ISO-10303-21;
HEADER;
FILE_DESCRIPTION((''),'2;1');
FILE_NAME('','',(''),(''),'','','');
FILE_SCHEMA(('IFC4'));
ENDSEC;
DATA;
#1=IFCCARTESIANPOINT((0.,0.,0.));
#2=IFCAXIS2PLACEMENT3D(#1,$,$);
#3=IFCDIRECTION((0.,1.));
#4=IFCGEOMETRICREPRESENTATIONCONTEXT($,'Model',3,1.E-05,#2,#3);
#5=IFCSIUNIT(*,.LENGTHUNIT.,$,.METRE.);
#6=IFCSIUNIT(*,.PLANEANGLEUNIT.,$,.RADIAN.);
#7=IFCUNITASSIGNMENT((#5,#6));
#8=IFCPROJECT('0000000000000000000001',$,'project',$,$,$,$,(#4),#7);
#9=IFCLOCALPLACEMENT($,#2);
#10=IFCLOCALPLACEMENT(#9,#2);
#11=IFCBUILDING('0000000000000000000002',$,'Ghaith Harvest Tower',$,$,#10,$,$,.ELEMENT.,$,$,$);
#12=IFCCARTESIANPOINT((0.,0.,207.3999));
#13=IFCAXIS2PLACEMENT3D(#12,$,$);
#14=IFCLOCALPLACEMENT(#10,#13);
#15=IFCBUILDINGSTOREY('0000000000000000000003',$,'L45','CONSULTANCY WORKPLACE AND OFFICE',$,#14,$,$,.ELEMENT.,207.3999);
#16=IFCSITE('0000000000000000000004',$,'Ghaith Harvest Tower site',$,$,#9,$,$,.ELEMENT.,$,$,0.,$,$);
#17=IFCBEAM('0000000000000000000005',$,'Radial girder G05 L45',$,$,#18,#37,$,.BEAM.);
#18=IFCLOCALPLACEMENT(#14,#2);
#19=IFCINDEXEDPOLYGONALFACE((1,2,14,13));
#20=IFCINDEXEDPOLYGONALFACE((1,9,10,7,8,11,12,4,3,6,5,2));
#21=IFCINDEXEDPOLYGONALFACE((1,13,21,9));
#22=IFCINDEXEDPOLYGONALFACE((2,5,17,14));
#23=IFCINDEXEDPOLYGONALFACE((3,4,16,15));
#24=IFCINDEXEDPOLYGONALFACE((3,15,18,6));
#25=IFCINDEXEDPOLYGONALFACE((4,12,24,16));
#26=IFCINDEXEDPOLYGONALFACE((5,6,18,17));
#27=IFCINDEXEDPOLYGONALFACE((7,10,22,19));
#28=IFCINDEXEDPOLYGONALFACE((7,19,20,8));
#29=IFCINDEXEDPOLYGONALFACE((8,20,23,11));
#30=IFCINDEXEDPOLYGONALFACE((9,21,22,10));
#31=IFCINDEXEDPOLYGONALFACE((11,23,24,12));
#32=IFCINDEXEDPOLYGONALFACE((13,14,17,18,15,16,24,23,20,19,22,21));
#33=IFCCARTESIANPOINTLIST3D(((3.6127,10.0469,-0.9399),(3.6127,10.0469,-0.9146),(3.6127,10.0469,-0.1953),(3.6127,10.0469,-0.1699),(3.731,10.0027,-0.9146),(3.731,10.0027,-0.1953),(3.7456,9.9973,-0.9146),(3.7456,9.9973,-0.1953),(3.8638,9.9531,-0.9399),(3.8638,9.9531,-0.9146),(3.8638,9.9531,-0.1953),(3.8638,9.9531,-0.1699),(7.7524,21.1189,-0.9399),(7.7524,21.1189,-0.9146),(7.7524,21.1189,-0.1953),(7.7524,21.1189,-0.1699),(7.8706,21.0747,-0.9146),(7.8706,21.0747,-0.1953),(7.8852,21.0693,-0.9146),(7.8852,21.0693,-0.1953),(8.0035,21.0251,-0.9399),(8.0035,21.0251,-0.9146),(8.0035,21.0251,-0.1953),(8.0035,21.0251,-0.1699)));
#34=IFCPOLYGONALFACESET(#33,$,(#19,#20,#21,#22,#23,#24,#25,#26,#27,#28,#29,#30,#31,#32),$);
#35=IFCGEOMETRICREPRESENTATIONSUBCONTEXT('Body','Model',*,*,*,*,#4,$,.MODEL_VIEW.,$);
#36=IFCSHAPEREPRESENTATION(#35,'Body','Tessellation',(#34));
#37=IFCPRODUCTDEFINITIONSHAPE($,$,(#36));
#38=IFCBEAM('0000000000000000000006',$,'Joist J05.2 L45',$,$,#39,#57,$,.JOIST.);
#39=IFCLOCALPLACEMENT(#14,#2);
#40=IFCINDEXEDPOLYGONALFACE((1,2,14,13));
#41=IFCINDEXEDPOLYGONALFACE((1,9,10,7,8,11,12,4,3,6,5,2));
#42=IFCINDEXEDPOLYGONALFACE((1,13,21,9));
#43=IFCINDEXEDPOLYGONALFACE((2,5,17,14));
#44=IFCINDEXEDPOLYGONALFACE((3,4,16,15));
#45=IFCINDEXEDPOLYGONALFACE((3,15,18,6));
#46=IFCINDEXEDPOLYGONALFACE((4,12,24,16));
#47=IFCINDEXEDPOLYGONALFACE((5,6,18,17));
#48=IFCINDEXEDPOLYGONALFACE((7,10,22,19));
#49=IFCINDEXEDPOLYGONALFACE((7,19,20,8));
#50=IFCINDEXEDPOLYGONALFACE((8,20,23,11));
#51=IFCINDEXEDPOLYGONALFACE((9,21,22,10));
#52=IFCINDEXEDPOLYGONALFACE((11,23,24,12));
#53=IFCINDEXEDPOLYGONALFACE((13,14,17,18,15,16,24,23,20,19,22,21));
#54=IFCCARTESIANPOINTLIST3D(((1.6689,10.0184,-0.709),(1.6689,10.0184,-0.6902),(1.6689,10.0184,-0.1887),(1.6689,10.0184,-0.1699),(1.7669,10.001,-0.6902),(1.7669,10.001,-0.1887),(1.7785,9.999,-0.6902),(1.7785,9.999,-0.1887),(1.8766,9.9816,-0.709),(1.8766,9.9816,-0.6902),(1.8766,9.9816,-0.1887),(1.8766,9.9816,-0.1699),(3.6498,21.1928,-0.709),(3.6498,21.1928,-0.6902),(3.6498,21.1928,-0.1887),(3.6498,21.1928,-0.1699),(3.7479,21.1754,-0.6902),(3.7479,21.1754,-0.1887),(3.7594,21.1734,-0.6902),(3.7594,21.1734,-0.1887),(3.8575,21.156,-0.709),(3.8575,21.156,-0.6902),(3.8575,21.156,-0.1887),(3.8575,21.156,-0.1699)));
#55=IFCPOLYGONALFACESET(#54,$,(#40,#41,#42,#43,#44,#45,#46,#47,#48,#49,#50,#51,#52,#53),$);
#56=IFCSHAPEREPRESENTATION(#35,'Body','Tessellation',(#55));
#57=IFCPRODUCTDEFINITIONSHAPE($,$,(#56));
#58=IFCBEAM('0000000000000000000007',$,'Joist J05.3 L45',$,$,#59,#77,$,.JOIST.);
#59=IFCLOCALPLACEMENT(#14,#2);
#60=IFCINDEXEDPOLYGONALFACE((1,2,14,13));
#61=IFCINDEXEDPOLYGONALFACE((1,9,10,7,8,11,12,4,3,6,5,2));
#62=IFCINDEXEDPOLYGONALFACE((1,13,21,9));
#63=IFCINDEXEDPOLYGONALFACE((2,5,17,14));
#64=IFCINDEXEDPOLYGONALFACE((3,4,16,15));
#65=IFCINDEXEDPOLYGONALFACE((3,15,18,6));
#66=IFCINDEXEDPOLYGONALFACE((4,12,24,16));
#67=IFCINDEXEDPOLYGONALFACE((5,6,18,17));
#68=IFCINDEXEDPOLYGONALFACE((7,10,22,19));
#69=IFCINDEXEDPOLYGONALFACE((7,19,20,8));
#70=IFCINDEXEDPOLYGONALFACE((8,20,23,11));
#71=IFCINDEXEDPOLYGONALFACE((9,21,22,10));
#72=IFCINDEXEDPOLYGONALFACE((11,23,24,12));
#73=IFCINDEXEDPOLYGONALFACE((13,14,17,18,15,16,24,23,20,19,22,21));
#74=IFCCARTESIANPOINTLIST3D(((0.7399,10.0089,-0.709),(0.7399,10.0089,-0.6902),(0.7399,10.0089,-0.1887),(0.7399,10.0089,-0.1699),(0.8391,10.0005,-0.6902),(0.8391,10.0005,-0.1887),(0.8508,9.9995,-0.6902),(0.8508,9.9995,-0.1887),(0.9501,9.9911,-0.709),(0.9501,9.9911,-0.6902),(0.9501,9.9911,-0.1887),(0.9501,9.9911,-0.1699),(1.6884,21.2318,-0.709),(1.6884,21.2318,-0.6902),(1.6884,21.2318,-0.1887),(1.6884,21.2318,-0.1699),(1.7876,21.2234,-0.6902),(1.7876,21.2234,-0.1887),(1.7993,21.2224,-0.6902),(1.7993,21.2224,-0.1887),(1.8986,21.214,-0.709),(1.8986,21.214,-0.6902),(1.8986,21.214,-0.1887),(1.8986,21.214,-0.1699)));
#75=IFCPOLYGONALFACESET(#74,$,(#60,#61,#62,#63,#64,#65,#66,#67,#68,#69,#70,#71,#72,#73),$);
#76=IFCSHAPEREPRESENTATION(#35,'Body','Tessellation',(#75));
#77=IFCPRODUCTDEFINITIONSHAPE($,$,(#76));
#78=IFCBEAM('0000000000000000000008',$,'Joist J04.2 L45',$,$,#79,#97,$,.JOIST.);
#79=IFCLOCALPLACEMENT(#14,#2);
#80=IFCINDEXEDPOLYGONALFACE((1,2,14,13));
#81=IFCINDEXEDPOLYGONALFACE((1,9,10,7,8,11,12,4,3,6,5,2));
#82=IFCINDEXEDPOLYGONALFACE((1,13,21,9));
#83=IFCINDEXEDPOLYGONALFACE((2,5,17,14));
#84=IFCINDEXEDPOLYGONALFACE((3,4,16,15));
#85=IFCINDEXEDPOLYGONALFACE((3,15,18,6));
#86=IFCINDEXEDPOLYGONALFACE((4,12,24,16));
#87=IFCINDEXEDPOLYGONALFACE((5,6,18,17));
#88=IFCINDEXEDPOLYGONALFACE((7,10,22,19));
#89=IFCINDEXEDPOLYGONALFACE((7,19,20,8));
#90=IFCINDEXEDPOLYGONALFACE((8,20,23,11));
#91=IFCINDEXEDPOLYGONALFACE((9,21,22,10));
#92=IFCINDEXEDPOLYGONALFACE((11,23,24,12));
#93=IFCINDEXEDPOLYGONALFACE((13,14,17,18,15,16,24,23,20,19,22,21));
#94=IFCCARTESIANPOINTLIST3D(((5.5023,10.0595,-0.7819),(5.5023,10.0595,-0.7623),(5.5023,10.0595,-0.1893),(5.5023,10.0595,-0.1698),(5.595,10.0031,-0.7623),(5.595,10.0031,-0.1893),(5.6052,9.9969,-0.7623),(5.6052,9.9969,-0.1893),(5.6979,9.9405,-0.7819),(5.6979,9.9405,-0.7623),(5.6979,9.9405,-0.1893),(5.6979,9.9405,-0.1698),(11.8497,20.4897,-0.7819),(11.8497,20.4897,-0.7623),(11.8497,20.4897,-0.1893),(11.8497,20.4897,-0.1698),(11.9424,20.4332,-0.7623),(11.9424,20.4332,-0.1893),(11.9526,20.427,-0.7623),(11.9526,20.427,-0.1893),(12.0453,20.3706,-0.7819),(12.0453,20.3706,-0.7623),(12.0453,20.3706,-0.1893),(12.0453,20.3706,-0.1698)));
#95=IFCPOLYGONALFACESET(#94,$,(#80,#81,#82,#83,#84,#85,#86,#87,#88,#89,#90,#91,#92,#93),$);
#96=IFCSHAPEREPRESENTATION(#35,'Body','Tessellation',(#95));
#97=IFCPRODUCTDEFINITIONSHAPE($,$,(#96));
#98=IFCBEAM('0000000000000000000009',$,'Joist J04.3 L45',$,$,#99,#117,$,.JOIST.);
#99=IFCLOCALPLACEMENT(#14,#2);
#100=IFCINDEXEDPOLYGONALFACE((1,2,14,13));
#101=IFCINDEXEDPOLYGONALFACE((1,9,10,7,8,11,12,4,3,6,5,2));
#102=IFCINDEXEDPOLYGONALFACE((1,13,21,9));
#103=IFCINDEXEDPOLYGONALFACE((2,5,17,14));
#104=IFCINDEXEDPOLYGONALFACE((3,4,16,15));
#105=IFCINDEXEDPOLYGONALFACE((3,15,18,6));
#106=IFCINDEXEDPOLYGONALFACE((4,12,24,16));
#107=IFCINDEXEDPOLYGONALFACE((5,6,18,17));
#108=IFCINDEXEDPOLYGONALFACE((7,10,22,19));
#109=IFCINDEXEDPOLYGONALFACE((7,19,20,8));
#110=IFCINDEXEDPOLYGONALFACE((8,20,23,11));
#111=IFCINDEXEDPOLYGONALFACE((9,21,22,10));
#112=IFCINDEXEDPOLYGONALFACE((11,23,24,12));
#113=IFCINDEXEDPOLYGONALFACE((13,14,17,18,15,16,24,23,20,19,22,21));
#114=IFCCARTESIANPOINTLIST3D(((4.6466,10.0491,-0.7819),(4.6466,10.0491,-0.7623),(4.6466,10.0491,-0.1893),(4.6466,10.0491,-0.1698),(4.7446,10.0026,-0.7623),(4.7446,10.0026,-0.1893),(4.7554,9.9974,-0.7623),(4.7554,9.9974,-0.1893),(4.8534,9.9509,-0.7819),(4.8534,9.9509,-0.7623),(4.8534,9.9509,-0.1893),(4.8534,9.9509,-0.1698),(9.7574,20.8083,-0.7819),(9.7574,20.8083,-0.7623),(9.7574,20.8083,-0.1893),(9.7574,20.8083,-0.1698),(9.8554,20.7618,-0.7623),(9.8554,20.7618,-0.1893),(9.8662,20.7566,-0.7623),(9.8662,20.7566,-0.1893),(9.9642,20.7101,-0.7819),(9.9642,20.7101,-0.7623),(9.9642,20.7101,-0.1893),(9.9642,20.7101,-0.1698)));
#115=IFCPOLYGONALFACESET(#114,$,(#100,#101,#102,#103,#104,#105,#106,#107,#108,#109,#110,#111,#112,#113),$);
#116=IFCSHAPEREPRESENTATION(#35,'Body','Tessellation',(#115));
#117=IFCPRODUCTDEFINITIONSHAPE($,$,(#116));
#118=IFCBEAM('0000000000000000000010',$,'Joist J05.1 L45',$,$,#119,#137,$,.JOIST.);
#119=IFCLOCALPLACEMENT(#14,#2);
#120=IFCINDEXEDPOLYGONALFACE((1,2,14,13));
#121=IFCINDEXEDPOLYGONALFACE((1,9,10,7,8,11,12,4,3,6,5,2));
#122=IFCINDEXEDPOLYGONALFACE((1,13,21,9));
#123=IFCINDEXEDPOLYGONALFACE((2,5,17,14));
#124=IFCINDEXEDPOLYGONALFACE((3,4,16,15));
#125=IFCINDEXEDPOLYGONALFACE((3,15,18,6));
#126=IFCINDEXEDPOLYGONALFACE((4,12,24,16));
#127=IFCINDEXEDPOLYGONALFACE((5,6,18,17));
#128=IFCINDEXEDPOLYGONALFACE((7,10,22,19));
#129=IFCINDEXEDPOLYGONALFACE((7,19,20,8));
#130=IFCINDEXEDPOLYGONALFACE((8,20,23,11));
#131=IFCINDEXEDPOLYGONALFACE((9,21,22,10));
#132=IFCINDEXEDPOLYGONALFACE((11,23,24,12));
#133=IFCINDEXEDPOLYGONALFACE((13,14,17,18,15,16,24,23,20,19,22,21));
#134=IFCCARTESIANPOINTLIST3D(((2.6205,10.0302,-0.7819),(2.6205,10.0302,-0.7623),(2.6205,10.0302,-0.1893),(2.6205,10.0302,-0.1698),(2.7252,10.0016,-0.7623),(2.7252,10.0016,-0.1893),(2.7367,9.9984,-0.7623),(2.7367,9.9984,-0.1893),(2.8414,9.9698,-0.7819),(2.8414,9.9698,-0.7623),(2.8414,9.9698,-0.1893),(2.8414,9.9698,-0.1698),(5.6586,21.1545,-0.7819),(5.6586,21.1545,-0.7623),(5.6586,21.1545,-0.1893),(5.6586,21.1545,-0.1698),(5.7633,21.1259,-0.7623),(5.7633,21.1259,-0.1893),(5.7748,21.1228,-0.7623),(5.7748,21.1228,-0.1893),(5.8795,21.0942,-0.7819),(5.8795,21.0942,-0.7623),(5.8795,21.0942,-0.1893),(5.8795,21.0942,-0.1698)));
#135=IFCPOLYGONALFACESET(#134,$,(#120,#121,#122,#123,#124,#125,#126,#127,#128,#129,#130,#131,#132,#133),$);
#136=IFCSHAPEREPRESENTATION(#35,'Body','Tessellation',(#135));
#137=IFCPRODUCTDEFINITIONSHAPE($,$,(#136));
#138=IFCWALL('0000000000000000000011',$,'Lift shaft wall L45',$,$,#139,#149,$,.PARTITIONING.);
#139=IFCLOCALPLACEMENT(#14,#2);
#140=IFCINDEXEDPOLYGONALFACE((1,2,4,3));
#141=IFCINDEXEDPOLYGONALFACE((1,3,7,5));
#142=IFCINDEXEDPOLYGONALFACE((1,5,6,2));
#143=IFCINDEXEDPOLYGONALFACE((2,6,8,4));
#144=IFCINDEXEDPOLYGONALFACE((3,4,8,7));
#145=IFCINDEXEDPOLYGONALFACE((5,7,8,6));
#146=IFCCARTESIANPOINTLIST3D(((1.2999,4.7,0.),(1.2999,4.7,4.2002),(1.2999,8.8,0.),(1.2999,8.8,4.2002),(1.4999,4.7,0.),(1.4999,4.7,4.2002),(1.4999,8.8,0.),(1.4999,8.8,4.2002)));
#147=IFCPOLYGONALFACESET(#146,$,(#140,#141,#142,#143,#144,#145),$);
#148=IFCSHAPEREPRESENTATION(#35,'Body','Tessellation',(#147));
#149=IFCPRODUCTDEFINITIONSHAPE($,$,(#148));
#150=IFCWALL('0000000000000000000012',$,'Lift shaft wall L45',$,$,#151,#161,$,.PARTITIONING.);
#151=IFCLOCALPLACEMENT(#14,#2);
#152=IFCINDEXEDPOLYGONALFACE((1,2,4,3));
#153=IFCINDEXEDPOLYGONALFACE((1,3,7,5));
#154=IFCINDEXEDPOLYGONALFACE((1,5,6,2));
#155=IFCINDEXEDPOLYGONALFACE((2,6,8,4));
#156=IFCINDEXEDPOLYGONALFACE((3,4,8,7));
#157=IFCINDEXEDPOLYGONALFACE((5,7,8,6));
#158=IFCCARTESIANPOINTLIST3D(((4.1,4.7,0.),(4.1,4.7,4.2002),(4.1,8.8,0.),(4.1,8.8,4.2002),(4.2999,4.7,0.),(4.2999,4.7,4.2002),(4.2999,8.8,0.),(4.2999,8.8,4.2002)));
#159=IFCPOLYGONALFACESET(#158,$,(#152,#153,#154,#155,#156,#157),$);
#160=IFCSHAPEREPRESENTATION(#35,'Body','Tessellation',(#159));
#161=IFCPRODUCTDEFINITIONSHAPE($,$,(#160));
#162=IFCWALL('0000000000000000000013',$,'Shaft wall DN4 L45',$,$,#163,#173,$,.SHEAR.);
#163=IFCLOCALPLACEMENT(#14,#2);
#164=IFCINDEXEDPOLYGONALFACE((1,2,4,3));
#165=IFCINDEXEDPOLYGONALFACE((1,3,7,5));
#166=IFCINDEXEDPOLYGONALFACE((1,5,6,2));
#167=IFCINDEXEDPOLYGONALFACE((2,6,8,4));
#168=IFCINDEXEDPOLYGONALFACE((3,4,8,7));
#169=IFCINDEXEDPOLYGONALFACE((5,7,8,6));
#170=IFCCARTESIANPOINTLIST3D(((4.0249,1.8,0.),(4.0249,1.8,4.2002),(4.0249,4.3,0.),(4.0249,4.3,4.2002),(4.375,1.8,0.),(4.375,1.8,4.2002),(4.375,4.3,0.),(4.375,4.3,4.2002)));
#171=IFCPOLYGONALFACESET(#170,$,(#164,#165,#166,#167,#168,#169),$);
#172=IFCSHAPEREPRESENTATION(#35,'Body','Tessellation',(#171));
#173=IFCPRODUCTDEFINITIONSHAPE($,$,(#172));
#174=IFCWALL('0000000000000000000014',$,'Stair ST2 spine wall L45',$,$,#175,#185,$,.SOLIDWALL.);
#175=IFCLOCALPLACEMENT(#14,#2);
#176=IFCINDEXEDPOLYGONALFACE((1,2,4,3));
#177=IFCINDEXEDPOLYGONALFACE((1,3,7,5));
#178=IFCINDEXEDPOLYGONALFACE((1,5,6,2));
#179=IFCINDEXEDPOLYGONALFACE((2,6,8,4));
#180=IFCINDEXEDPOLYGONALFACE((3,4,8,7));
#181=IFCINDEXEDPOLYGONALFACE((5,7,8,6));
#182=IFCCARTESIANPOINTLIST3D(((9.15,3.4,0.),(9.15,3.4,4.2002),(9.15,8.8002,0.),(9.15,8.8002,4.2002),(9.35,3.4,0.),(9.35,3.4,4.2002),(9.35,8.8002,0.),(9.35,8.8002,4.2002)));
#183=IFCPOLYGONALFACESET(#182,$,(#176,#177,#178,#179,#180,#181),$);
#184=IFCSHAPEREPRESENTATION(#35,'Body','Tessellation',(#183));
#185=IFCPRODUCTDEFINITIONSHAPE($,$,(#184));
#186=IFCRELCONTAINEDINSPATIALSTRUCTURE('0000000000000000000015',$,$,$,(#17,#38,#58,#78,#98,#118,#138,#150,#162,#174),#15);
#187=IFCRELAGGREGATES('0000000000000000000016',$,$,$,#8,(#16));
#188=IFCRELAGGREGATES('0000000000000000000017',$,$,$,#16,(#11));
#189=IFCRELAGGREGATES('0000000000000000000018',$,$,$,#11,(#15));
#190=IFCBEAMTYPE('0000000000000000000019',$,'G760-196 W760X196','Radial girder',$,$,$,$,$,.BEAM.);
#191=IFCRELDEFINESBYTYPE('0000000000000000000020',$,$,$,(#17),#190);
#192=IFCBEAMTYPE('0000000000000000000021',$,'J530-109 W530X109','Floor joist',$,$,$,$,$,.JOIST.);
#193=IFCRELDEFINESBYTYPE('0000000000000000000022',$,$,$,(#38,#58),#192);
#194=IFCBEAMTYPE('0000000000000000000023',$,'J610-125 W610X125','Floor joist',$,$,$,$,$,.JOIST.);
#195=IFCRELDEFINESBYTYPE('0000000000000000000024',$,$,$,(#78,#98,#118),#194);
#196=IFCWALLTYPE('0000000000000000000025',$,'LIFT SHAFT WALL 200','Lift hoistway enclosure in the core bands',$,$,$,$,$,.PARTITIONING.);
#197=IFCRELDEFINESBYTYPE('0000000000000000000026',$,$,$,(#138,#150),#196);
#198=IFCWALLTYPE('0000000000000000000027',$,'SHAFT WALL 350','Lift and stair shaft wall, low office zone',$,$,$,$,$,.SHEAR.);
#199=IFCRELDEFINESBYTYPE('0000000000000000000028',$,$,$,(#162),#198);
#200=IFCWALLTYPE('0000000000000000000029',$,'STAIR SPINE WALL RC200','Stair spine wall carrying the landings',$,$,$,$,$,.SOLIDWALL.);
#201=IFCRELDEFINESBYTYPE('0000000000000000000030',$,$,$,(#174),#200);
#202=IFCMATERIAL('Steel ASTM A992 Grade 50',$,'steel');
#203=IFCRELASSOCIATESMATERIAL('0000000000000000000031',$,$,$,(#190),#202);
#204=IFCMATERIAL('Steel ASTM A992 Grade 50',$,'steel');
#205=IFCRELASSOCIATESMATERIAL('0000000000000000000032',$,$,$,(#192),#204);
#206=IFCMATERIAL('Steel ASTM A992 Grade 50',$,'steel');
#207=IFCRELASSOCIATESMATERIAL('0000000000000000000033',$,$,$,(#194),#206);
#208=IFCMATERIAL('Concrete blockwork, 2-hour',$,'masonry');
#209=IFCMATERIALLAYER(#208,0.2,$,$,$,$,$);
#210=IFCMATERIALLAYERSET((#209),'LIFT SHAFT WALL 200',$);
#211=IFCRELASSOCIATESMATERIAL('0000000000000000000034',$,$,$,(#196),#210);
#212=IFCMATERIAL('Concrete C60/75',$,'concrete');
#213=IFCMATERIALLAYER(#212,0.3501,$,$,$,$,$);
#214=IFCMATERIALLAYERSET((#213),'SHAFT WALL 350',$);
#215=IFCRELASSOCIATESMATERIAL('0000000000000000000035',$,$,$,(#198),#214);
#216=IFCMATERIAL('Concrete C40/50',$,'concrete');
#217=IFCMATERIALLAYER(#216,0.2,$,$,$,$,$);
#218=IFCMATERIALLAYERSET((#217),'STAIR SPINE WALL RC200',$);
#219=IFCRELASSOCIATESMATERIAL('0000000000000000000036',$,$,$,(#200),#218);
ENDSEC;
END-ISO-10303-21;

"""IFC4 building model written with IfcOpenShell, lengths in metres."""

from ifc_helpers import new_model, si_unit, direction, frame, frame_2d, origin, origin_2d, place, context, subcontext, project, spatial, rectangle, i_section, extrude, material, layer, layer_set, material_profile, profile_set, type_object, element, save


model = new_model("IFC4")

# Units and contexts
model_context = context("Model", 3, precision=1e-05, world=origin(), true_north=direction((0.0, 1.0)))
body_context = subcontext(model_context, "Body", "Model", "MODEL_VIEW")
ifc_project = project(units=[si_unit("LENGTHUNIT", "METRE"), si_unit("PLANEANGLEUNIT", "RADIAN")], contexts=[model_context])

# Site, building, storey
site_placement = place(None, origin())
site = spatial("IfcSite", under=ifc_project, at=site_placement, Name="Ghaith Harvest Tower site", CompositionType="ELEMENT", RefElevation=0.0)
building_placement = place(site_placement, origin())
building = spatial("IfcBuilding", under=site, at=building_placement, Name="Ghaith Harvest Tower", CompositionType="ELEMENT")
storey_placement = place(building_placement, frame((0.0, 0.0, 207.3999)))
storey = spatial("IfcBuildingStorey", under=building, at=storey_placement, Name="L45", Description="CONSULTANCY WORKPLACE AND OFFICE", CompositionType="ELEMENT", Elevation=207.3999)

# Beams
ifc_material_1 = material(Name="Steel ASTM A992 Grade 50", Category="steel")
ifc_material_profile_1 = material_profile(ifc_material_1, i_section(OverallWidth=0.2681, OverallDepth=0.77, WebThickness=0.0156, FlangeThickness=0.0254, at=origin_2d()), Name="W760X196")
ifc_profile_set_1 = profile_set([ifc_material_profile_1], Name="Steel ASTM A992 Grade 50")
beam_type_1 = type_object("IfcBeamType", Name="G760-196 W760X196", Description="Radial girder", PredefinedType="BEAM", material=ifc_profile_set_1)
beam_1_placement = place(storey_placement, frame((3.7383, 10.0, -0.5549), z_axis=(0.350207, 0.936672, 0.0), x_axis=(-0.936672, 0.350207, 0.0)))
element("IfcBeam", 1, at=beam_1_placement, inside=storey, type_object=beam_type_1, Name="Radial girder G05 L45", PredefinedType="BEAM", context=body_context, shape_type="SweptSolid", body=[
    extrude(i_section(OverallWidth=0.2681, OverallDepth=0.77, WebThickness=0.0156, FlangeThickness=0.0254, at=origin_2d()), origin(), (0.0, 0.0, 1.0), 11.8206),
])
ifc_material_2 = material(Name="Steel ASTM A992 Grade 50", Category="steel")
ifc_material_profile_2 = material_profile(ifc_material_2, i_section(OverallWidth=0.2109, OverallDepth=0.5391, WebThickness=0.0117, FlangeThickness=0.0188, at=origin_2d()), Name="W530X109")
ifc_profile_set_2 = profile_set([ifc_material_profile_2], Name="Steel ASTM A992 Grade 50")
beam_type_2 = type_object("IfcBeamType", Name="J530-109 W530X109", Description="Floor joist", PredefinedType="JOIST", material=ifc_profile_set_2)
beam_2_placement = place(storey_placement, frame((1.7727, 10.0, -0.4395), z_axis=(0.174556, 0.984647, 0.0), x_axis=(-0.984647, 0.174556, 0.0)))
element("IfcBeam", 2, at=beam_2_placement, inside=storey, type_object=beam_type_2, Name="Joist J05.2 L45", PredefinedType="JOIST", context=body_context, shape_type="SweptSolid", body=[
    extrude(i_section(OverallWidth=0.2109, OverallDepth=0.5391, WebThickness=0.0117, FlangeThickness=0.0188, at=origin_2d()), origin(), (0.0, 0.0, 1.0), 11.3486),
])
beam_3_placement = place(storey_placement, frame((0.845, 10.0, -0.4395), z_axis=(0.084213, 0.996448, 0.0), x_axis=(-0.996448, 0.084213, 0.0)))
element("IfcBeam", 3, at=beam_3_placement, inside=storey, type_object=beam_type_2, Name="Joist J05.3 L45", PredefinedType="JOIST", context=body_context, shape_type="SweptSolid", body=[
    extrude(i_section(OverallWidth=0.2109, OverallDepth=0.5391, WebThickness=0.0117, FlangeThickness=0.0188, at=origin_2d()), origin(), (0.0, 0.0, 1.0), 11.2629),
])
ifc_material_3 = material(Name="Steel ASTM A992 Grade 50", Category="steel")
ifc_material_profile_3 = material_profile(ifc_material_3, i_section(OverallWidth=0.229, OverallDepth=0.6121, WebThickness=0.012, FlangeThickness=0.0195, at=origin_2d()), Name="W610X125")
ifc_profile_set_3 = profile_set([ifc_material_profile_3], Name="Steel ASTM A992 Grade 50")
beam_type_3 = type_object("IfcBeamType", Name="J610-125 W610X125", Description="Floor joist", PredefinedType="JOIST", material=ifc_profile_set_3)
beam_4_placement = place(storey_placement, frame((5.6001, 10.0, -0.4758), z_axis=(0.519864, 0.854249, 0.0), x_axis=(-0.854249, 0.519864, 0.0)))
element("IfcBeam", 4, at=beam_4_placement, inside=storey, type_object=beam_type_3, Name="Joist J04.2 L45", PredefinedType="JOIST", context=body_context, shape_type="SweptSolid", body=[
    extrude(i_section(OverallWidth=0.229, OverallDepth=0.6121, WebThickness=0.012, FlangeThickness=0.0195, at=origin_2d()), origin(), (0.0, 0.0, 1.0), 12.2097),
])
beam_5_placement = place(storey_placement, frame((4.75, 10.0, -0.4758), z_axis=(0.429069, 0.903272, 0.0), x_axis=(-0.903272, 0.429069, 0.0)))
element("IfcBeam", 5, at=beam_5_placement, inside=storey, type_object=beam_type_3, Name="Joist J04.3 L45", PredefinedType="JOIST", context=body_context, shape_type="SweptSolid", body=[
    extrude(i_section(OverallWidth=0.229, OverallDepth=0.6121, WebThickness=0.012, FlangeThickness=0.0195, at=origin_2d()), origin(), (0.0, 0.0, 1.0), 11.9114),
])
beam_6_placement = place(storey_placement, frame((2.731, 10.0, -0.4758), z_axis=(0.263456, 0.964671, 0.0), x_axis=(-0.964671, 0.263456, 0.0)))
element("IfcBeam", 6, at=beam_6_placement, inside=storey, type_object=beam_type_3, Name="Joist J05.1 L45", PredefinedType="JOIST", context=body_context, shape_type="SweptSolid", body=[
    extrude(i_section(OverallWidth=0.229, OverallDepth=0.6121, WebThickness=0.012, FlangeThickness=0.0195, at=origin_2d()), origin(), (0.0, 0.0, 1.0), 11.5317),
])

# Walls
ifc_material_4 = material(Name="Concrete blockwork, 2-hour", Category="masonry")
ifc_layer_1 = layer(ifc_material_4, 0.2)
ifc_layer_set_1 = layer_set([ifc_layer_1], Name="LIFT SHAFT WALL 200")
wall_type_1 = type_object("IfcWallType", Name="LIFT SHAFT WALL 200", Description="Lift hoistway enclosure in the core bands", PredefinedType="PARTITIONING", material=ifc_layer_set_1)
for number, where, z_axis, x_axis, name in (
    (7, (1.3999, 4.7, 0.0), (0.0, 0.0, 1.0), (0.0, 1.0, 0.0), "Lift shaft wall L45"),
    (8, (4.2, 4.7, 0.0), (0.0, 0.0, 1.0), (0.0, 1.0, 0.0), "Lift shaft wall L45"),
):
    element("IfcWall", number, at=place(storey_placement, frame(where, z_axis=z_axis, x_axis=x_axis)), inside=storey, type_object=wall_type_1, Name=name, PredefinedType="PARTITIONING", context=body_context, shape_type="SweptSolid", body=[
        extrude(rectangle(XDim=4.1001, YDim=0.2, at=frame_2d((2.05, 0.0))), origin(), (0.0, 0.0, 1.0), 4.2002),
    ])

# Shared definitions
ifc_material_5 = material(Name="Concrete C60/75", Category="concrete")
ifc_layer_2 = layer(ifc_material_5, 0.3501)
ifc_layer_set_2 = layer_set([ifc_layer_2], Name="SHAFT WALL 350")
wall_type_2 = type_object("IfcWallType", Name="SHAFT WALL 350", Description="Lift and stair shaft wall, low office zone", PredefinedType="SHEAR", material=ifc_layer_set_2)

# Walls
wall_1_placement = place(storey_placement, frame((4.2, 1.8, 0.0), z_axis=(0.0, 0.0, 1.0), x_axis=(0.0, 1.0, 0.0)))
element("IfcWall", 9, at=wall_1_placement, inside=storey, type_object=wall_type_2, Name="Shaft wall DN4 L45", PredefinedType="SHEAR", context=body_context, shape_type="SweptSolid", body=[
    extrude(rectangle(XDim=2.5, YDim=0.3501, at=frame_2d((1.25, 0.0))), origin(), (0.0, 0.0, 1.0), 4.2002),
])
ifc_material_6 = material(Name="Concrete C40/50", Category="concrete")
ifc_layer_3 = layer(ifc_material_6, 0.2)
ifc_layer_set_3 = layer_set([ifc_layer_3], Name="STAIR SPINE WALL RC200")
wall_type_3 = type_object("IfcWallType", Name="STAIR SPINE WALL RC200", Description="Stair spine wall carrying the landings", PredefinedType="SOLIDWALL", material=ifc_layer_set_3)
wall_2_placement = place(storey_placement, frame((9.25, 3.3999, 0.0), z_axis=(0.0, 0.0, 1.0), x_axis=(0.0, 1.0, 0.0)))
element("IfcWall", 10, at=wall_2_placement, inside=storey, type_object=wall_type_3, Name="Stair ST2 spine wall L45", PredefinedType="SOLIDWALL", context=body_context, shape_type="SweptSolid", body=[
    extrude(rectangle(XDim=5.4001, YDim=0.2, at=frame_2d((2.7002, 0.0))), origin(), (0.0, 0.0, 1.0), 4.2002),
])

save(model, "model.ifc")
